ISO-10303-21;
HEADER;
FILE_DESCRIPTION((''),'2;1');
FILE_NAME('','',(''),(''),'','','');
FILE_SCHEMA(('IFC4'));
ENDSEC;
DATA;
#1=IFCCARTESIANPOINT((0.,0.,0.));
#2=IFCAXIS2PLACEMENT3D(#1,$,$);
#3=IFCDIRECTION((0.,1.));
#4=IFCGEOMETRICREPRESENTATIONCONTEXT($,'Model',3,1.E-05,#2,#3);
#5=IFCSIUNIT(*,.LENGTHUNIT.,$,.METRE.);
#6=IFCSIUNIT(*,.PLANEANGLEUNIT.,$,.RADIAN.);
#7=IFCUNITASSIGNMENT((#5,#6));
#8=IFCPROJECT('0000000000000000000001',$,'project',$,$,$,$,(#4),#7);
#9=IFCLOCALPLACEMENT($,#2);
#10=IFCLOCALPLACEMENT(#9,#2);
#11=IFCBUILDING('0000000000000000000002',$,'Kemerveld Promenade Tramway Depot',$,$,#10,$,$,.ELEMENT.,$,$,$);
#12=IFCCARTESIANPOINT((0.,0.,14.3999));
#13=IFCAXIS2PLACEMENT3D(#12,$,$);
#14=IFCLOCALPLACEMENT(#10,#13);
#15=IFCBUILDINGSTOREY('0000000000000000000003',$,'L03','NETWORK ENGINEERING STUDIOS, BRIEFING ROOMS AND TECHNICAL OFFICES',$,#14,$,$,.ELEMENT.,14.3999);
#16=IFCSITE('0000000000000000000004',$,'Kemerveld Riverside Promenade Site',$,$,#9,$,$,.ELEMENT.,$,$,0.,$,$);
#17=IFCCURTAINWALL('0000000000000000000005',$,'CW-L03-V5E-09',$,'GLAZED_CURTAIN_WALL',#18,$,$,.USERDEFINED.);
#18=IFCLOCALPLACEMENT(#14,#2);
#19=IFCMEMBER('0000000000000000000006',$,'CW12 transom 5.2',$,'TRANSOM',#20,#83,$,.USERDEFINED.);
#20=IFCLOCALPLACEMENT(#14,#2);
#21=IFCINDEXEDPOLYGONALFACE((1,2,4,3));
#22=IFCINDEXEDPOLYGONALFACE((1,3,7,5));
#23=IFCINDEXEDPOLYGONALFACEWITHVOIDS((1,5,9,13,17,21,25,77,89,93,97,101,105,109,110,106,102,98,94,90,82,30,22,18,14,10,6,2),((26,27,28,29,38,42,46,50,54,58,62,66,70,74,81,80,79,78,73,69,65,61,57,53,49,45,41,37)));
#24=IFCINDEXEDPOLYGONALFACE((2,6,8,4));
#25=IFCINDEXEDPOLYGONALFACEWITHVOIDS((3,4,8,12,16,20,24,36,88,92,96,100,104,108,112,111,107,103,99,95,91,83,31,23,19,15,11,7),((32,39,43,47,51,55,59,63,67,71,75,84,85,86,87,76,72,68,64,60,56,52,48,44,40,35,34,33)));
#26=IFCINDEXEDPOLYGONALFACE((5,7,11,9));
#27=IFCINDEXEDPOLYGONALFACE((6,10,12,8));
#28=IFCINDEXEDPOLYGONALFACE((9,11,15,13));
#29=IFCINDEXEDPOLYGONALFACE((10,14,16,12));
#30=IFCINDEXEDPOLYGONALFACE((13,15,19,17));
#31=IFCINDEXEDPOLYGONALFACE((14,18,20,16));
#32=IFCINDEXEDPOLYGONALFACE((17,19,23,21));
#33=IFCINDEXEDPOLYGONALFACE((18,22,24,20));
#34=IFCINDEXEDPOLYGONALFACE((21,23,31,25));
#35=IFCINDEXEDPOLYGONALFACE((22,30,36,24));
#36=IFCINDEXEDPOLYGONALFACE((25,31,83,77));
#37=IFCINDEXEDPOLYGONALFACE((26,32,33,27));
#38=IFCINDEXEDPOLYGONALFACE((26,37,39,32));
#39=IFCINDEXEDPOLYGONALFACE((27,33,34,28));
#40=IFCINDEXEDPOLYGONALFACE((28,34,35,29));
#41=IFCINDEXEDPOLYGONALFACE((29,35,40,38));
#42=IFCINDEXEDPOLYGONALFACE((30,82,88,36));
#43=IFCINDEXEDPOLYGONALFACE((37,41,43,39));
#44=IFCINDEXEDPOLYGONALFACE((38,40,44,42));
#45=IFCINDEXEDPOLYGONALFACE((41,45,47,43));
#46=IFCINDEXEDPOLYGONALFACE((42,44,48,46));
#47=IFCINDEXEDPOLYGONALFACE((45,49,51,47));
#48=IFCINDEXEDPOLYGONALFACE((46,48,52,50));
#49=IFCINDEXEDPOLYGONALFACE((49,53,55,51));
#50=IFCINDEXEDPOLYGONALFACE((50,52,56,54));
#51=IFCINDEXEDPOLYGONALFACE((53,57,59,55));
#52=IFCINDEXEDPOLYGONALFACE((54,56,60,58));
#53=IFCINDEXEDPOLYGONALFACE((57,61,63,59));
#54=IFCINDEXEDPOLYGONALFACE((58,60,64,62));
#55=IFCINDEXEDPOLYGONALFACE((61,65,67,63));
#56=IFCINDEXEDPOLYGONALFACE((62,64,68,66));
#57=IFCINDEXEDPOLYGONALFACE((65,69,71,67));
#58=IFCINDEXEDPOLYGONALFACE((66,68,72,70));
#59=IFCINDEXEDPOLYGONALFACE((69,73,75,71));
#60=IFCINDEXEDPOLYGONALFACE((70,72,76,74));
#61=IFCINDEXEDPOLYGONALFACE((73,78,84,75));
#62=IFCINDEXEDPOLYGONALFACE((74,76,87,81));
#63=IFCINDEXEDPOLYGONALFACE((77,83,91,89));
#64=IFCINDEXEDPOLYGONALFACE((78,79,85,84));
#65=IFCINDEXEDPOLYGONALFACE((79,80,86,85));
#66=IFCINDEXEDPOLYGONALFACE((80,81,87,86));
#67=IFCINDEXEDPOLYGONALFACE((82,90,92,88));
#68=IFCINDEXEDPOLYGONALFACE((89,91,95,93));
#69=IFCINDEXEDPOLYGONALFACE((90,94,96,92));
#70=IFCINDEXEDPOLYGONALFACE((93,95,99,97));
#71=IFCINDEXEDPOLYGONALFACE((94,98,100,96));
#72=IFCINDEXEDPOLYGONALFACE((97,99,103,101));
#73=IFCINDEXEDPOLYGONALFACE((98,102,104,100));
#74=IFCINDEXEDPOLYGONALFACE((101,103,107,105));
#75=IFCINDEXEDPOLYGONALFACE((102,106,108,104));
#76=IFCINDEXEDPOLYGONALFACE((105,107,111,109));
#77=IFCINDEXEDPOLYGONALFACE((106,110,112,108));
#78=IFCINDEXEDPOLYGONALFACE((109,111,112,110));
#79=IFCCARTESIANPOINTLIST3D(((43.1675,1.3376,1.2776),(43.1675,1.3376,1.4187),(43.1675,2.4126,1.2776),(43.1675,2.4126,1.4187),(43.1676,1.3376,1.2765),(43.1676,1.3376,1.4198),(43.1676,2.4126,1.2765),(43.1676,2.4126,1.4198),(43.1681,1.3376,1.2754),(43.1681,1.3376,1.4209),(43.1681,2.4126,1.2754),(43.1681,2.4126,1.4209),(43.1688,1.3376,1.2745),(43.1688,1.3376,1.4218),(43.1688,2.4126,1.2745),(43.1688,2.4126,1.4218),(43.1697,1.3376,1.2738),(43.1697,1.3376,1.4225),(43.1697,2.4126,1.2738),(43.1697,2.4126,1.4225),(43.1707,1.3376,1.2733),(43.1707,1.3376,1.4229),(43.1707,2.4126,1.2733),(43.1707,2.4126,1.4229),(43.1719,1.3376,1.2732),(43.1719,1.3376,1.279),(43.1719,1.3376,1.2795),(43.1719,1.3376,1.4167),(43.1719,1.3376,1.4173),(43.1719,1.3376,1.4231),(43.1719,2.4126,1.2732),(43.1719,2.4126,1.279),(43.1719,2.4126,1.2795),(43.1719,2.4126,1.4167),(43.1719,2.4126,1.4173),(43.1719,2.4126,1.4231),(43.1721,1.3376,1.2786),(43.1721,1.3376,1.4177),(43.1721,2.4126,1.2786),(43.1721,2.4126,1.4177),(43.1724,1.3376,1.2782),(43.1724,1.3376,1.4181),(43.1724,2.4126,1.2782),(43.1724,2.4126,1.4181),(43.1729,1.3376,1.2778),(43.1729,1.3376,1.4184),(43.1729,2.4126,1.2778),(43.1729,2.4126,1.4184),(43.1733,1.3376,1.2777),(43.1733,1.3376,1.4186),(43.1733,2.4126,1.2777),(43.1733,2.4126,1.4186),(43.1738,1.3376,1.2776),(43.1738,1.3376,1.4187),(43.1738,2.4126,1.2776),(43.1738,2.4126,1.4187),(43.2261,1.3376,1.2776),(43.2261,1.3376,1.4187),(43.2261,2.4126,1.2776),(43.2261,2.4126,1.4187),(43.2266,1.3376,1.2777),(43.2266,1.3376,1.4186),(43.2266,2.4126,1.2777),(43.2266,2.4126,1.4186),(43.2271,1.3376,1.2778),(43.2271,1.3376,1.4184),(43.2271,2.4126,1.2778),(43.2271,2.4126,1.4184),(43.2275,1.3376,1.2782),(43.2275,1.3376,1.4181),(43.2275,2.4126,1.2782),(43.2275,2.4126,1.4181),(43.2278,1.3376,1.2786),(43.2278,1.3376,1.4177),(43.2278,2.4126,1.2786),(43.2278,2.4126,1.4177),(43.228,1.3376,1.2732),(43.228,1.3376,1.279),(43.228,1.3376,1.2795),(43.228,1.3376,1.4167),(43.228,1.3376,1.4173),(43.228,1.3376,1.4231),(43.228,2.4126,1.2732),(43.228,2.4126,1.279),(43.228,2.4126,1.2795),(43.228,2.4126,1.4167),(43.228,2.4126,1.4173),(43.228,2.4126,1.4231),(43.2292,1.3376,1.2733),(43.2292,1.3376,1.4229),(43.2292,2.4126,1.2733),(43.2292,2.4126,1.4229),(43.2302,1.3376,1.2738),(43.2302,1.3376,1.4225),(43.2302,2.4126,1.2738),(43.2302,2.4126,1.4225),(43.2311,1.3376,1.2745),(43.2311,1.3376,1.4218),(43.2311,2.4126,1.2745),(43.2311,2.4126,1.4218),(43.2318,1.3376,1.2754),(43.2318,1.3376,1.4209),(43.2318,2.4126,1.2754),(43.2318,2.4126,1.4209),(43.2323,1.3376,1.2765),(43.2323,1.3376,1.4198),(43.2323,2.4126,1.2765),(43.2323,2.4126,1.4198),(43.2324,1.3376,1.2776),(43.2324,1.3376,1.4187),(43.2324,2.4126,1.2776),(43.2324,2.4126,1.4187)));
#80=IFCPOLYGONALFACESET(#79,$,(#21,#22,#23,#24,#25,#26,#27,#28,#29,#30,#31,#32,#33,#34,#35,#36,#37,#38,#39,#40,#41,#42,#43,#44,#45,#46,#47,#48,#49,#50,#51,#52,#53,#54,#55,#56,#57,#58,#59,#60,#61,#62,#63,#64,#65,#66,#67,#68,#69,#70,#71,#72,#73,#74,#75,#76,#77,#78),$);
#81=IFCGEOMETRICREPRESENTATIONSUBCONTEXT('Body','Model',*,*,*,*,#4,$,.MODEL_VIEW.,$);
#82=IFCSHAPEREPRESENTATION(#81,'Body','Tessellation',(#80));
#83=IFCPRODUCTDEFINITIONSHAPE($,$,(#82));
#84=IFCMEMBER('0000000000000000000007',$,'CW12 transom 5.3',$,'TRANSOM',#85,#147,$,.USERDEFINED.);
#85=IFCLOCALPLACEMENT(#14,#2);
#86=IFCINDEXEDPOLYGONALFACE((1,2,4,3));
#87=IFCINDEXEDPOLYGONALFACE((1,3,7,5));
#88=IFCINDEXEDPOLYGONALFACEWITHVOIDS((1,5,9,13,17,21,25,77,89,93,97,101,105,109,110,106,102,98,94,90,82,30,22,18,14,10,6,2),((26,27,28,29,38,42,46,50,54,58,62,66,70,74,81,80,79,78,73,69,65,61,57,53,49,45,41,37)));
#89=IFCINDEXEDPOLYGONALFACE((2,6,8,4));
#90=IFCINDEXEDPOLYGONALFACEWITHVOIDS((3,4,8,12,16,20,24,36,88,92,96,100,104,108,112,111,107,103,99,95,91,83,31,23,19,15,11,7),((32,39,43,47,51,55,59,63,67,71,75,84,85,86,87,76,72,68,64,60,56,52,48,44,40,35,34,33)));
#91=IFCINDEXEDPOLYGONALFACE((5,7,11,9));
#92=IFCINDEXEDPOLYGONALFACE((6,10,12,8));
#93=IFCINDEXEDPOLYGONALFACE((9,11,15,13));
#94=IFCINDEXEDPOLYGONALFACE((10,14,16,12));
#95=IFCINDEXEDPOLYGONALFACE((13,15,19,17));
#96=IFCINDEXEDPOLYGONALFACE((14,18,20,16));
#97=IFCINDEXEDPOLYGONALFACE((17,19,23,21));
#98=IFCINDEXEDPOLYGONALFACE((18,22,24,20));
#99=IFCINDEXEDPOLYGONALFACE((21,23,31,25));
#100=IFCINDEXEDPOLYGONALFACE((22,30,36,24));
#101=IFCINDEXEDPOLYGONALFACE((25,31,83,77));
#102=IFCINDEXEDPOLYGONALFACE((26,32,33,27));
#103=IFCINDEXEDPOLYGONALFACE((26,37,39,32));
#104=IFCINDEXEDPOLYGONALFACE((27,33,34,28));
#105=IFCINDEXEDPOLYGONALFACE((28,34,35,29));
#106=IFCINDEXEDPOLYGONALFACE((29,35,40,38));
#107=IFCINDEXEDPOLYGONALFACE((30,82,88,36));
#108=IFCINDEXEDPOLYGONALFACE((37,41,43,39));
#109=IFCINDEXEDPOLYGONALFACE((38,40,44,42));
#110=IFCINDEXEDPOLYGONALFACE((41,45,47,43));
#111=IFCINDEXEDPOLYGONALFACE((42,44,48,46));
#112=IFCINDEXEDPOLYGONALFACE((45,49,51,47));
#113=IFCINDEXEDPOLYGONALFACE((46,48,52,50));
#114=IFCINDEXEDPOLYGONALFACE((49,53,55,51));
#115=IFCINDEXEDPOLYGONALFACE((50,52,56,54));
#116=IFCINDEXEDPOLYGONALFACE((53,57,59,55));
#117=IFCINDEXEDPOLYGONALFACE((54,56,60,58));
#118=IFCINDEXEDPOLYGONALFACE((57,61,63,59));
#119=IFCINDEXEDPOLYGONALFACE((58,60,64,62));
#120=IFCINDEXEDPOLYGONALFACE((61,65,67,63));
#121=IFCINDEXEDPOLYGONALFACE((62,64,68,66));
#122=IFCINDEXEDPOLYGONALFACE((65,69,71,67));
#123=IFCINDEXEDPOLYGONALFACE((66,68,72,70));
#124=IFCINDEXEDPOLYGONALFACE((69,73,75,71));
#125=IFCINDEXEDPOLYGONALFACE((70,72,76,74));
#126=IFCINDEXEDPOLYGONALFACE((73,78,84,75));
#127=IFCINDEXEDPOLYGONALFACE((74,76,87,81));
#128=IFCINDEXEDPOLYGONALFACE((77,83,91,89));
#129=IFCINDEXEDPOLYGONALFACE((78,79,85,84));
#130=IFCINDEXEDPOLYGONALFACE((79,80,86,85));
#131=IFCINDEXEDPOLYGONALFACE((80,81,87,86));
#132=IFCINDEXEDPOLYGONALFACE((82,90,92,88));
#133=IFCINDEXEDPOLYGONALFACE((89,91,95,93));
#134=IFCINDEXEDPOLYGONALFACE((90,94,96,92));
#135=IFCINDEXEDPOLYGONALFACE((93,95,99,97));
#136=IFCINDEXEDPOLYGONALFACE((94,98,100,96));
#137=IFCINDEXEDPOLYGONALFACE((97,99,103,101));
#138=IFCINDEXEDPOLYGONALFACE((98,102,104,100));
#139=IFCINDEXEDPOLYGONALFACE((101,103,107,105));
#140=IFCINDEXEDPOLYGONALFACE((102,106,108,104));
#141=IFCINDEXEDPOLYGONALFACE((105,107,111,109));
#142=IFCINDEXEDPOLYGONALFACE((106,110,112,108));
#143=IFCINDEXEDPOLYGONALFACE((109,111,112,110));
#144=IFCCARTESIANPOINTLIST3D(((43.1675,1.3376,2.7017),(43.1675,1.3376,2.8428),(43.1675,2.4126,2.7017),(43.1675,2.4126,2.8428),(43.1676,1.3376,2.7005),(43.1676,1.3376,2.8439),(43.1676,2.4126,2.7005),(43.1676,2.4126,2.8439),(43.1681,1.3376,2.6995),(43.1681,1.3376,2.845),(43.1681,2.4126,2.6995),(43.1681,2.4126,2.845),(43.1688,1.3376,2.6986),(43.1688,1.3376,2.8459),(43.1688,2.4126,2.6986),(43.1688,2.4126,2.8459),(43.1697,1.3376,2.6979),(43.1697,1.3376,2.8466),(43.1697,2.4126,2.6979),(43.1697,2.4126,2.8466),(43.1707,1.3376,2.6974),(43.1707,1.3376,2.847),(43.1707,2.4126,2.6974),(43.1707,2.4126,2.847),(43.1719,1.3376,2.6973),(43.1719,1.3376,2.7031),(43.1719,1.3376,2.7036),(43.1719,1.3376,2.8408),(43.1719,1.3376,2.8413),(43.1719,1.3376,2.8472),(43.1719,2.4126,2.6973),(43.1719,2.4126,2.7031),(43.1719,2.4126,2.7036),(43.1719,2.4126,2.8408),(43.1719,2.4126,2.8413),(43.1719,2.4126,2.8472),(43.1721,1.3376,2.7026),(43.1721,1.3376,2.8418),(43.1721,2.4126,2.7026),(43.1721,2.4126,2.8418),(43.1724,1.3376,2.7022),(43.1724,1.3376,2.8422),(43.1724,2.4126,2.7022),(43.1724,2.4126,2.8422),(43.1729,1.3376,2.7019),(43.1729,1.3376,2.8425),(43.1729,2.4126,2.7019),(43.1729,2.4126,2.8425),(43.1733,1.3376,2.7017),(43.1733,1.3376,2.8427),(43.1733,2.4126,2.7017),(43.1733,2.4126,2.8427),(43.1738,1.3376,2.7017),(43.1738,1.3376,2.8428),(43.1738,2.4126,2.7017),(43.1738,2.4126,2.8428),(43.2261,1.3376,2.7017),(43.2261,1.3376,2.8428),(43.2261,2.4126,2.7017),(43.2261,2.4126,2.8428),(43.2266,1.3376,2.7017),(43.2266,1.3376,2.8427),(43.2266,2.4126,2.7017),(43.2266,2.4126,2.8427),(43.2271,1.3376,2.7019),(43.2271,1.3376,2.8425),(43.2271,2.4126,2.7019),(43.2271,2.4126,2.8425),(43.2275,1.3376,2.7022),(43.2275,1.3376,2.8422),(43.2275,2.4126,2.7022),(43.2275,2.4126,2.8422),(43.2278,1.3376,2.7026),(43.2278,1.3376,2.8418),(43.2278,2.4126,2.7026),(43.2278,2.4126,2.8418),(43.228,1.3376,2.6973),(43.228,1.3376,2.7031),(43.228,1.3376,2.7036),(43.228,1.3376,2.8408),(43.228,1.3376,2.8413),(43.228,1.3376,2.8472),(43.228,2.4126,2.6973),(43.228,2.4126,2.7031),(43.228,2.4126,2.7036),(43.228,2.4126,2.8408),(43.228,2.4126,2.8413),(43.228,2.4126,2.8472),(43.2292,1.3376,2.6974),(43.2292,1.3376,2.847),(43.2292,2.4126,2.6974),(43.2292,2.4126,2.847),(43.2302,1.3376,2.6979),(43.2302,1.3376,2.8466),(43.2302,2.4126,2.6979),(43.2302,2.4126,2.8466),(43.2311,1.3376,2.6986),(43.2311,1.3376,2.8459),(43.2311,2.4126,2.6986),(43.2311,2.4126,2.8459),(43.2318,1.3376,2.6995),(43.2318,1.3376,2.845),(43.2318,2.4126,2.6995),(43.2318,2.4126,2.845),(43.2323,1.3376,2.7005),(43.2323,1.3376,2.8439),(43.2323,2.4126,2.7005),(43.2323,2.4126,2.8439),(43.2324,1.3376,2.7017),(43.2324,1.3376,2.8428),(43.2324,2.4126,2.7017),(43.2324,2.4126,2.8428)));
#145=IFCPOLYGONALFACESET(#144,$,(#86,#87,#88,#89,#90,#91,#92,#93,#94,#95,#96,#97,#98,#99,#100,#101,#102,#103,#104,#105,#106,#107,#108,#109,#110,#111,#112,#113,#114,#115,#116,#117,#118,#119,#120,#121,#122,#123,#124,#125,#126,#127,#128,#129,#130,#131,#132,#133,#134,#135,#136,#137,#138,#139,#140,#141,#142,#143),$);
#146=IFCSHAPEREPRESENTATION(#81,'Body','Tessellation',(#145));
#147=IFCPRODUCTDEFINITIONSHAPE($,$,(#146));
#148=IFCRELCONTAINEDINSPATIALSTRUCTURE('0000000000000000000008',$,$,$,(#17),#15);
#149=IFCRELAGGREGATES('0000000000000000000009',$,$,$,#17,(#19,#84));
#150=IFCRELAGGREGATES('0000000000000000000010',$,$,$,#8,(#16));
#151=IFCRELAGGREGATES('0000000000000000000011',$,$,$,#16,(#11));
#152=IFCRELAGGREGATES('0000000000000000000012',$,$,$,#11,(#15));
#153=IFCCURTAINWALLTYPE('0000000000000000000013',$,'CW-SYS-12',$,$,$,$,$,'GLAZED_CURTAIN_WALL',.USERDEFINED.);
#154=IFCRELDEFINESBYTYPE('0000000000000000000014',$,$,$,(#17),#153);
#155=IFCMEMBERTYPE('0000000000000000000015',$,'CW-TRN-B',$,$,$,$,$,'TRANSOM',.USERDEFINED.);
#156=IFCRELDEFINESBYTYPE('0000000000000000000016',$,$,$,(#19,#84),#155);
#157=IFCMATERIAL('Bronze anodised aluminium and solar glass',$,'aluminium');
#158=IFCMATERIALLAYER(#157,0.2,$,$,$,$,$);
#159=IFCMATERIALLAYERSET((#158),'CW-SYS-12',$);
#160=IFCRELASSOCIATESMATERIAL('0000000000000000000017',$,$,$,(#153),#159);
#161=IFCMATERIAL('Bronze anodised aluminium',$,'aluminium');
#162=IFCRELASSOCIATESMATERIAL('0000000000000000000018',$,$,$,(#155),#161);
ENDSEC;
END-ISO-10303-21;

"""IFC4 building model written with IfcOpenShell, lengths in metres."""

from ifc_helpers import new_model, si_unit, direction, frame, origin, origin_2d, place, context, subcontext, project, spatial, hollow_rectangle, extrude, material, layer, layer_set, material_profile, profile_set, type_object, element, aggregate, save


model = new_model("IFC4")

# Units and contexts
model_context = context("Model", 3, precision=1e-05, world=origin(), true_north=direction((0.0, 1.0)))
body_context = subcontext(model_context, "Body", "Model", "MODEL_VIEW")
ifc_project = project(units=[si_unit("LENGTHUNIT", "METRE"), si_unit("PLANEANGLEUNIT", "RADIAN")], contexts=[model_context])

# Site, building, storey
site_placement = place(None, origin())
site = spatial("IfcSite", under=ifc_project, at=site_placement, Name="Kemerveld Riverside Promenade Site", CompositionType="ELEMENT", RefElevation=0.0)
building_placement = place(site_placement, origin())
building = spatial("IfcBuilding", under=site, at=building_placement, Name="Kemerveld Promenade Tramway Depot", CompositionType="ELEMENT")
storey_placement = place(building_placement, frame((0.0, 0.0, 14.3999)))
storey = spatial("IfcBuildingStorey", under=building, at=storey_placement, Name="L03", Description="NETWORK ENGINEERING STUDIOS, BRIEFING ROOMS AND TECHNICAL OFFICES", CompositionType="ELEMENT", Elevation=14.3999)

# Curtain wall, members
ifc_material_1 = material(Name="Bronze anodised aluminium and solar glass", Category="aluminium")
ifc_layer_1 = layer(ifc_material_1, 0.2)
ifc_layer_set_1 = layer_set([ifc_layer_1], Name="CW-SYS-12")
curtain_wall_type = type_object("IfcCurtainWallType", Name="CW-SYS-12", ElementType="GLAZED_CURTAIN_WALL", PredefinedType="USERDEFINED", material=ifc_layer_set_1)
curtain_wall_placement = place(storey_placement, origin())
curtain_wall = element("IfcCurtainWall", 1, at=curtain_wall_placement, inside=storey, type_object=curtain_wall_type, Name="CW-L03-V5E-09", ObjectType="GLAZED_CURTAIN_WALL", PredefinedType="USERDEFINED")
ifc_material_2 = material(Name="Bronze anodised aluminium", Category="aluminium")
ifc_material_profile_1 = material_profile(ifc_material_2, hollow_rectangle(XDim=0.0649, YDim=0.1499, WallThickness=0.0044, InnerFilletRadius=0.002, OuterFilletRadius=0.0044, at=origin_2d()), Name="CW-TRN-150x65")
ifc_profile_set_1 = profile_set([ifc_material_profile_1], Name="Bronze anodised aluminium")
member_type_1 = type_object("IfcMemberType", Name="CW-TRN-B", ElementType="TRANSOM", PredefinedType="USERDEFINED", material=ifc_profile_set_1)
member_1_placement = place(storey_placement, frame((43.2, 2.4126, 1.3481), z_axis=(0.0, -1.0, 0.0), x_axis=(1.0, 0.0, 0.0)))
member_1 = element("IfcMember", 2, at=member_1_placement, type_object=member_type_1, Name="CW12 transom 5.2", ObjectType="TRANSOM", PredefinedType="USERDEFINED", context=body_context, shape_type="SweptSolid", body=[
    extrude(hollow_rectangle(XDim=0.0649, YDim=0.1499, WallThickness=0.0044, InnerFilletRadius=0.002, OuterFilletRadius=0.0044, at=origin_2d()), origin(), (0.0, 0.0, 1.0), 1.075),
])
member_2_placement = place(storey_placement, frame((43.2, 2.4126, 2.7722), z_axis=(0.0, -1.0, 0.0), x_axis=(1.0, 0.0, 0.0)))
member_2 = element("IfcMember", 3, at=member_2_placement, type_object=member_type_1, Name="CW12 transom 5.3", ObjectType="TRANSOM", PredefinedType="USERDEFINED", context=body_context, shape_type="SweptSolid", body=[
    extrude(hollow_rectangle(XDim=0.0649, YDim=0.1499, WallThickness=0.0044, InnerFilletRadius=0.002, OuterFilletRadius=0.0044, at=origin_2d()), origin(), (0.0, 0.0, 1.0), 1.075),
])
aggregate(curtain_wall, [member_1, member_2])

save(model, "model.ifc")
